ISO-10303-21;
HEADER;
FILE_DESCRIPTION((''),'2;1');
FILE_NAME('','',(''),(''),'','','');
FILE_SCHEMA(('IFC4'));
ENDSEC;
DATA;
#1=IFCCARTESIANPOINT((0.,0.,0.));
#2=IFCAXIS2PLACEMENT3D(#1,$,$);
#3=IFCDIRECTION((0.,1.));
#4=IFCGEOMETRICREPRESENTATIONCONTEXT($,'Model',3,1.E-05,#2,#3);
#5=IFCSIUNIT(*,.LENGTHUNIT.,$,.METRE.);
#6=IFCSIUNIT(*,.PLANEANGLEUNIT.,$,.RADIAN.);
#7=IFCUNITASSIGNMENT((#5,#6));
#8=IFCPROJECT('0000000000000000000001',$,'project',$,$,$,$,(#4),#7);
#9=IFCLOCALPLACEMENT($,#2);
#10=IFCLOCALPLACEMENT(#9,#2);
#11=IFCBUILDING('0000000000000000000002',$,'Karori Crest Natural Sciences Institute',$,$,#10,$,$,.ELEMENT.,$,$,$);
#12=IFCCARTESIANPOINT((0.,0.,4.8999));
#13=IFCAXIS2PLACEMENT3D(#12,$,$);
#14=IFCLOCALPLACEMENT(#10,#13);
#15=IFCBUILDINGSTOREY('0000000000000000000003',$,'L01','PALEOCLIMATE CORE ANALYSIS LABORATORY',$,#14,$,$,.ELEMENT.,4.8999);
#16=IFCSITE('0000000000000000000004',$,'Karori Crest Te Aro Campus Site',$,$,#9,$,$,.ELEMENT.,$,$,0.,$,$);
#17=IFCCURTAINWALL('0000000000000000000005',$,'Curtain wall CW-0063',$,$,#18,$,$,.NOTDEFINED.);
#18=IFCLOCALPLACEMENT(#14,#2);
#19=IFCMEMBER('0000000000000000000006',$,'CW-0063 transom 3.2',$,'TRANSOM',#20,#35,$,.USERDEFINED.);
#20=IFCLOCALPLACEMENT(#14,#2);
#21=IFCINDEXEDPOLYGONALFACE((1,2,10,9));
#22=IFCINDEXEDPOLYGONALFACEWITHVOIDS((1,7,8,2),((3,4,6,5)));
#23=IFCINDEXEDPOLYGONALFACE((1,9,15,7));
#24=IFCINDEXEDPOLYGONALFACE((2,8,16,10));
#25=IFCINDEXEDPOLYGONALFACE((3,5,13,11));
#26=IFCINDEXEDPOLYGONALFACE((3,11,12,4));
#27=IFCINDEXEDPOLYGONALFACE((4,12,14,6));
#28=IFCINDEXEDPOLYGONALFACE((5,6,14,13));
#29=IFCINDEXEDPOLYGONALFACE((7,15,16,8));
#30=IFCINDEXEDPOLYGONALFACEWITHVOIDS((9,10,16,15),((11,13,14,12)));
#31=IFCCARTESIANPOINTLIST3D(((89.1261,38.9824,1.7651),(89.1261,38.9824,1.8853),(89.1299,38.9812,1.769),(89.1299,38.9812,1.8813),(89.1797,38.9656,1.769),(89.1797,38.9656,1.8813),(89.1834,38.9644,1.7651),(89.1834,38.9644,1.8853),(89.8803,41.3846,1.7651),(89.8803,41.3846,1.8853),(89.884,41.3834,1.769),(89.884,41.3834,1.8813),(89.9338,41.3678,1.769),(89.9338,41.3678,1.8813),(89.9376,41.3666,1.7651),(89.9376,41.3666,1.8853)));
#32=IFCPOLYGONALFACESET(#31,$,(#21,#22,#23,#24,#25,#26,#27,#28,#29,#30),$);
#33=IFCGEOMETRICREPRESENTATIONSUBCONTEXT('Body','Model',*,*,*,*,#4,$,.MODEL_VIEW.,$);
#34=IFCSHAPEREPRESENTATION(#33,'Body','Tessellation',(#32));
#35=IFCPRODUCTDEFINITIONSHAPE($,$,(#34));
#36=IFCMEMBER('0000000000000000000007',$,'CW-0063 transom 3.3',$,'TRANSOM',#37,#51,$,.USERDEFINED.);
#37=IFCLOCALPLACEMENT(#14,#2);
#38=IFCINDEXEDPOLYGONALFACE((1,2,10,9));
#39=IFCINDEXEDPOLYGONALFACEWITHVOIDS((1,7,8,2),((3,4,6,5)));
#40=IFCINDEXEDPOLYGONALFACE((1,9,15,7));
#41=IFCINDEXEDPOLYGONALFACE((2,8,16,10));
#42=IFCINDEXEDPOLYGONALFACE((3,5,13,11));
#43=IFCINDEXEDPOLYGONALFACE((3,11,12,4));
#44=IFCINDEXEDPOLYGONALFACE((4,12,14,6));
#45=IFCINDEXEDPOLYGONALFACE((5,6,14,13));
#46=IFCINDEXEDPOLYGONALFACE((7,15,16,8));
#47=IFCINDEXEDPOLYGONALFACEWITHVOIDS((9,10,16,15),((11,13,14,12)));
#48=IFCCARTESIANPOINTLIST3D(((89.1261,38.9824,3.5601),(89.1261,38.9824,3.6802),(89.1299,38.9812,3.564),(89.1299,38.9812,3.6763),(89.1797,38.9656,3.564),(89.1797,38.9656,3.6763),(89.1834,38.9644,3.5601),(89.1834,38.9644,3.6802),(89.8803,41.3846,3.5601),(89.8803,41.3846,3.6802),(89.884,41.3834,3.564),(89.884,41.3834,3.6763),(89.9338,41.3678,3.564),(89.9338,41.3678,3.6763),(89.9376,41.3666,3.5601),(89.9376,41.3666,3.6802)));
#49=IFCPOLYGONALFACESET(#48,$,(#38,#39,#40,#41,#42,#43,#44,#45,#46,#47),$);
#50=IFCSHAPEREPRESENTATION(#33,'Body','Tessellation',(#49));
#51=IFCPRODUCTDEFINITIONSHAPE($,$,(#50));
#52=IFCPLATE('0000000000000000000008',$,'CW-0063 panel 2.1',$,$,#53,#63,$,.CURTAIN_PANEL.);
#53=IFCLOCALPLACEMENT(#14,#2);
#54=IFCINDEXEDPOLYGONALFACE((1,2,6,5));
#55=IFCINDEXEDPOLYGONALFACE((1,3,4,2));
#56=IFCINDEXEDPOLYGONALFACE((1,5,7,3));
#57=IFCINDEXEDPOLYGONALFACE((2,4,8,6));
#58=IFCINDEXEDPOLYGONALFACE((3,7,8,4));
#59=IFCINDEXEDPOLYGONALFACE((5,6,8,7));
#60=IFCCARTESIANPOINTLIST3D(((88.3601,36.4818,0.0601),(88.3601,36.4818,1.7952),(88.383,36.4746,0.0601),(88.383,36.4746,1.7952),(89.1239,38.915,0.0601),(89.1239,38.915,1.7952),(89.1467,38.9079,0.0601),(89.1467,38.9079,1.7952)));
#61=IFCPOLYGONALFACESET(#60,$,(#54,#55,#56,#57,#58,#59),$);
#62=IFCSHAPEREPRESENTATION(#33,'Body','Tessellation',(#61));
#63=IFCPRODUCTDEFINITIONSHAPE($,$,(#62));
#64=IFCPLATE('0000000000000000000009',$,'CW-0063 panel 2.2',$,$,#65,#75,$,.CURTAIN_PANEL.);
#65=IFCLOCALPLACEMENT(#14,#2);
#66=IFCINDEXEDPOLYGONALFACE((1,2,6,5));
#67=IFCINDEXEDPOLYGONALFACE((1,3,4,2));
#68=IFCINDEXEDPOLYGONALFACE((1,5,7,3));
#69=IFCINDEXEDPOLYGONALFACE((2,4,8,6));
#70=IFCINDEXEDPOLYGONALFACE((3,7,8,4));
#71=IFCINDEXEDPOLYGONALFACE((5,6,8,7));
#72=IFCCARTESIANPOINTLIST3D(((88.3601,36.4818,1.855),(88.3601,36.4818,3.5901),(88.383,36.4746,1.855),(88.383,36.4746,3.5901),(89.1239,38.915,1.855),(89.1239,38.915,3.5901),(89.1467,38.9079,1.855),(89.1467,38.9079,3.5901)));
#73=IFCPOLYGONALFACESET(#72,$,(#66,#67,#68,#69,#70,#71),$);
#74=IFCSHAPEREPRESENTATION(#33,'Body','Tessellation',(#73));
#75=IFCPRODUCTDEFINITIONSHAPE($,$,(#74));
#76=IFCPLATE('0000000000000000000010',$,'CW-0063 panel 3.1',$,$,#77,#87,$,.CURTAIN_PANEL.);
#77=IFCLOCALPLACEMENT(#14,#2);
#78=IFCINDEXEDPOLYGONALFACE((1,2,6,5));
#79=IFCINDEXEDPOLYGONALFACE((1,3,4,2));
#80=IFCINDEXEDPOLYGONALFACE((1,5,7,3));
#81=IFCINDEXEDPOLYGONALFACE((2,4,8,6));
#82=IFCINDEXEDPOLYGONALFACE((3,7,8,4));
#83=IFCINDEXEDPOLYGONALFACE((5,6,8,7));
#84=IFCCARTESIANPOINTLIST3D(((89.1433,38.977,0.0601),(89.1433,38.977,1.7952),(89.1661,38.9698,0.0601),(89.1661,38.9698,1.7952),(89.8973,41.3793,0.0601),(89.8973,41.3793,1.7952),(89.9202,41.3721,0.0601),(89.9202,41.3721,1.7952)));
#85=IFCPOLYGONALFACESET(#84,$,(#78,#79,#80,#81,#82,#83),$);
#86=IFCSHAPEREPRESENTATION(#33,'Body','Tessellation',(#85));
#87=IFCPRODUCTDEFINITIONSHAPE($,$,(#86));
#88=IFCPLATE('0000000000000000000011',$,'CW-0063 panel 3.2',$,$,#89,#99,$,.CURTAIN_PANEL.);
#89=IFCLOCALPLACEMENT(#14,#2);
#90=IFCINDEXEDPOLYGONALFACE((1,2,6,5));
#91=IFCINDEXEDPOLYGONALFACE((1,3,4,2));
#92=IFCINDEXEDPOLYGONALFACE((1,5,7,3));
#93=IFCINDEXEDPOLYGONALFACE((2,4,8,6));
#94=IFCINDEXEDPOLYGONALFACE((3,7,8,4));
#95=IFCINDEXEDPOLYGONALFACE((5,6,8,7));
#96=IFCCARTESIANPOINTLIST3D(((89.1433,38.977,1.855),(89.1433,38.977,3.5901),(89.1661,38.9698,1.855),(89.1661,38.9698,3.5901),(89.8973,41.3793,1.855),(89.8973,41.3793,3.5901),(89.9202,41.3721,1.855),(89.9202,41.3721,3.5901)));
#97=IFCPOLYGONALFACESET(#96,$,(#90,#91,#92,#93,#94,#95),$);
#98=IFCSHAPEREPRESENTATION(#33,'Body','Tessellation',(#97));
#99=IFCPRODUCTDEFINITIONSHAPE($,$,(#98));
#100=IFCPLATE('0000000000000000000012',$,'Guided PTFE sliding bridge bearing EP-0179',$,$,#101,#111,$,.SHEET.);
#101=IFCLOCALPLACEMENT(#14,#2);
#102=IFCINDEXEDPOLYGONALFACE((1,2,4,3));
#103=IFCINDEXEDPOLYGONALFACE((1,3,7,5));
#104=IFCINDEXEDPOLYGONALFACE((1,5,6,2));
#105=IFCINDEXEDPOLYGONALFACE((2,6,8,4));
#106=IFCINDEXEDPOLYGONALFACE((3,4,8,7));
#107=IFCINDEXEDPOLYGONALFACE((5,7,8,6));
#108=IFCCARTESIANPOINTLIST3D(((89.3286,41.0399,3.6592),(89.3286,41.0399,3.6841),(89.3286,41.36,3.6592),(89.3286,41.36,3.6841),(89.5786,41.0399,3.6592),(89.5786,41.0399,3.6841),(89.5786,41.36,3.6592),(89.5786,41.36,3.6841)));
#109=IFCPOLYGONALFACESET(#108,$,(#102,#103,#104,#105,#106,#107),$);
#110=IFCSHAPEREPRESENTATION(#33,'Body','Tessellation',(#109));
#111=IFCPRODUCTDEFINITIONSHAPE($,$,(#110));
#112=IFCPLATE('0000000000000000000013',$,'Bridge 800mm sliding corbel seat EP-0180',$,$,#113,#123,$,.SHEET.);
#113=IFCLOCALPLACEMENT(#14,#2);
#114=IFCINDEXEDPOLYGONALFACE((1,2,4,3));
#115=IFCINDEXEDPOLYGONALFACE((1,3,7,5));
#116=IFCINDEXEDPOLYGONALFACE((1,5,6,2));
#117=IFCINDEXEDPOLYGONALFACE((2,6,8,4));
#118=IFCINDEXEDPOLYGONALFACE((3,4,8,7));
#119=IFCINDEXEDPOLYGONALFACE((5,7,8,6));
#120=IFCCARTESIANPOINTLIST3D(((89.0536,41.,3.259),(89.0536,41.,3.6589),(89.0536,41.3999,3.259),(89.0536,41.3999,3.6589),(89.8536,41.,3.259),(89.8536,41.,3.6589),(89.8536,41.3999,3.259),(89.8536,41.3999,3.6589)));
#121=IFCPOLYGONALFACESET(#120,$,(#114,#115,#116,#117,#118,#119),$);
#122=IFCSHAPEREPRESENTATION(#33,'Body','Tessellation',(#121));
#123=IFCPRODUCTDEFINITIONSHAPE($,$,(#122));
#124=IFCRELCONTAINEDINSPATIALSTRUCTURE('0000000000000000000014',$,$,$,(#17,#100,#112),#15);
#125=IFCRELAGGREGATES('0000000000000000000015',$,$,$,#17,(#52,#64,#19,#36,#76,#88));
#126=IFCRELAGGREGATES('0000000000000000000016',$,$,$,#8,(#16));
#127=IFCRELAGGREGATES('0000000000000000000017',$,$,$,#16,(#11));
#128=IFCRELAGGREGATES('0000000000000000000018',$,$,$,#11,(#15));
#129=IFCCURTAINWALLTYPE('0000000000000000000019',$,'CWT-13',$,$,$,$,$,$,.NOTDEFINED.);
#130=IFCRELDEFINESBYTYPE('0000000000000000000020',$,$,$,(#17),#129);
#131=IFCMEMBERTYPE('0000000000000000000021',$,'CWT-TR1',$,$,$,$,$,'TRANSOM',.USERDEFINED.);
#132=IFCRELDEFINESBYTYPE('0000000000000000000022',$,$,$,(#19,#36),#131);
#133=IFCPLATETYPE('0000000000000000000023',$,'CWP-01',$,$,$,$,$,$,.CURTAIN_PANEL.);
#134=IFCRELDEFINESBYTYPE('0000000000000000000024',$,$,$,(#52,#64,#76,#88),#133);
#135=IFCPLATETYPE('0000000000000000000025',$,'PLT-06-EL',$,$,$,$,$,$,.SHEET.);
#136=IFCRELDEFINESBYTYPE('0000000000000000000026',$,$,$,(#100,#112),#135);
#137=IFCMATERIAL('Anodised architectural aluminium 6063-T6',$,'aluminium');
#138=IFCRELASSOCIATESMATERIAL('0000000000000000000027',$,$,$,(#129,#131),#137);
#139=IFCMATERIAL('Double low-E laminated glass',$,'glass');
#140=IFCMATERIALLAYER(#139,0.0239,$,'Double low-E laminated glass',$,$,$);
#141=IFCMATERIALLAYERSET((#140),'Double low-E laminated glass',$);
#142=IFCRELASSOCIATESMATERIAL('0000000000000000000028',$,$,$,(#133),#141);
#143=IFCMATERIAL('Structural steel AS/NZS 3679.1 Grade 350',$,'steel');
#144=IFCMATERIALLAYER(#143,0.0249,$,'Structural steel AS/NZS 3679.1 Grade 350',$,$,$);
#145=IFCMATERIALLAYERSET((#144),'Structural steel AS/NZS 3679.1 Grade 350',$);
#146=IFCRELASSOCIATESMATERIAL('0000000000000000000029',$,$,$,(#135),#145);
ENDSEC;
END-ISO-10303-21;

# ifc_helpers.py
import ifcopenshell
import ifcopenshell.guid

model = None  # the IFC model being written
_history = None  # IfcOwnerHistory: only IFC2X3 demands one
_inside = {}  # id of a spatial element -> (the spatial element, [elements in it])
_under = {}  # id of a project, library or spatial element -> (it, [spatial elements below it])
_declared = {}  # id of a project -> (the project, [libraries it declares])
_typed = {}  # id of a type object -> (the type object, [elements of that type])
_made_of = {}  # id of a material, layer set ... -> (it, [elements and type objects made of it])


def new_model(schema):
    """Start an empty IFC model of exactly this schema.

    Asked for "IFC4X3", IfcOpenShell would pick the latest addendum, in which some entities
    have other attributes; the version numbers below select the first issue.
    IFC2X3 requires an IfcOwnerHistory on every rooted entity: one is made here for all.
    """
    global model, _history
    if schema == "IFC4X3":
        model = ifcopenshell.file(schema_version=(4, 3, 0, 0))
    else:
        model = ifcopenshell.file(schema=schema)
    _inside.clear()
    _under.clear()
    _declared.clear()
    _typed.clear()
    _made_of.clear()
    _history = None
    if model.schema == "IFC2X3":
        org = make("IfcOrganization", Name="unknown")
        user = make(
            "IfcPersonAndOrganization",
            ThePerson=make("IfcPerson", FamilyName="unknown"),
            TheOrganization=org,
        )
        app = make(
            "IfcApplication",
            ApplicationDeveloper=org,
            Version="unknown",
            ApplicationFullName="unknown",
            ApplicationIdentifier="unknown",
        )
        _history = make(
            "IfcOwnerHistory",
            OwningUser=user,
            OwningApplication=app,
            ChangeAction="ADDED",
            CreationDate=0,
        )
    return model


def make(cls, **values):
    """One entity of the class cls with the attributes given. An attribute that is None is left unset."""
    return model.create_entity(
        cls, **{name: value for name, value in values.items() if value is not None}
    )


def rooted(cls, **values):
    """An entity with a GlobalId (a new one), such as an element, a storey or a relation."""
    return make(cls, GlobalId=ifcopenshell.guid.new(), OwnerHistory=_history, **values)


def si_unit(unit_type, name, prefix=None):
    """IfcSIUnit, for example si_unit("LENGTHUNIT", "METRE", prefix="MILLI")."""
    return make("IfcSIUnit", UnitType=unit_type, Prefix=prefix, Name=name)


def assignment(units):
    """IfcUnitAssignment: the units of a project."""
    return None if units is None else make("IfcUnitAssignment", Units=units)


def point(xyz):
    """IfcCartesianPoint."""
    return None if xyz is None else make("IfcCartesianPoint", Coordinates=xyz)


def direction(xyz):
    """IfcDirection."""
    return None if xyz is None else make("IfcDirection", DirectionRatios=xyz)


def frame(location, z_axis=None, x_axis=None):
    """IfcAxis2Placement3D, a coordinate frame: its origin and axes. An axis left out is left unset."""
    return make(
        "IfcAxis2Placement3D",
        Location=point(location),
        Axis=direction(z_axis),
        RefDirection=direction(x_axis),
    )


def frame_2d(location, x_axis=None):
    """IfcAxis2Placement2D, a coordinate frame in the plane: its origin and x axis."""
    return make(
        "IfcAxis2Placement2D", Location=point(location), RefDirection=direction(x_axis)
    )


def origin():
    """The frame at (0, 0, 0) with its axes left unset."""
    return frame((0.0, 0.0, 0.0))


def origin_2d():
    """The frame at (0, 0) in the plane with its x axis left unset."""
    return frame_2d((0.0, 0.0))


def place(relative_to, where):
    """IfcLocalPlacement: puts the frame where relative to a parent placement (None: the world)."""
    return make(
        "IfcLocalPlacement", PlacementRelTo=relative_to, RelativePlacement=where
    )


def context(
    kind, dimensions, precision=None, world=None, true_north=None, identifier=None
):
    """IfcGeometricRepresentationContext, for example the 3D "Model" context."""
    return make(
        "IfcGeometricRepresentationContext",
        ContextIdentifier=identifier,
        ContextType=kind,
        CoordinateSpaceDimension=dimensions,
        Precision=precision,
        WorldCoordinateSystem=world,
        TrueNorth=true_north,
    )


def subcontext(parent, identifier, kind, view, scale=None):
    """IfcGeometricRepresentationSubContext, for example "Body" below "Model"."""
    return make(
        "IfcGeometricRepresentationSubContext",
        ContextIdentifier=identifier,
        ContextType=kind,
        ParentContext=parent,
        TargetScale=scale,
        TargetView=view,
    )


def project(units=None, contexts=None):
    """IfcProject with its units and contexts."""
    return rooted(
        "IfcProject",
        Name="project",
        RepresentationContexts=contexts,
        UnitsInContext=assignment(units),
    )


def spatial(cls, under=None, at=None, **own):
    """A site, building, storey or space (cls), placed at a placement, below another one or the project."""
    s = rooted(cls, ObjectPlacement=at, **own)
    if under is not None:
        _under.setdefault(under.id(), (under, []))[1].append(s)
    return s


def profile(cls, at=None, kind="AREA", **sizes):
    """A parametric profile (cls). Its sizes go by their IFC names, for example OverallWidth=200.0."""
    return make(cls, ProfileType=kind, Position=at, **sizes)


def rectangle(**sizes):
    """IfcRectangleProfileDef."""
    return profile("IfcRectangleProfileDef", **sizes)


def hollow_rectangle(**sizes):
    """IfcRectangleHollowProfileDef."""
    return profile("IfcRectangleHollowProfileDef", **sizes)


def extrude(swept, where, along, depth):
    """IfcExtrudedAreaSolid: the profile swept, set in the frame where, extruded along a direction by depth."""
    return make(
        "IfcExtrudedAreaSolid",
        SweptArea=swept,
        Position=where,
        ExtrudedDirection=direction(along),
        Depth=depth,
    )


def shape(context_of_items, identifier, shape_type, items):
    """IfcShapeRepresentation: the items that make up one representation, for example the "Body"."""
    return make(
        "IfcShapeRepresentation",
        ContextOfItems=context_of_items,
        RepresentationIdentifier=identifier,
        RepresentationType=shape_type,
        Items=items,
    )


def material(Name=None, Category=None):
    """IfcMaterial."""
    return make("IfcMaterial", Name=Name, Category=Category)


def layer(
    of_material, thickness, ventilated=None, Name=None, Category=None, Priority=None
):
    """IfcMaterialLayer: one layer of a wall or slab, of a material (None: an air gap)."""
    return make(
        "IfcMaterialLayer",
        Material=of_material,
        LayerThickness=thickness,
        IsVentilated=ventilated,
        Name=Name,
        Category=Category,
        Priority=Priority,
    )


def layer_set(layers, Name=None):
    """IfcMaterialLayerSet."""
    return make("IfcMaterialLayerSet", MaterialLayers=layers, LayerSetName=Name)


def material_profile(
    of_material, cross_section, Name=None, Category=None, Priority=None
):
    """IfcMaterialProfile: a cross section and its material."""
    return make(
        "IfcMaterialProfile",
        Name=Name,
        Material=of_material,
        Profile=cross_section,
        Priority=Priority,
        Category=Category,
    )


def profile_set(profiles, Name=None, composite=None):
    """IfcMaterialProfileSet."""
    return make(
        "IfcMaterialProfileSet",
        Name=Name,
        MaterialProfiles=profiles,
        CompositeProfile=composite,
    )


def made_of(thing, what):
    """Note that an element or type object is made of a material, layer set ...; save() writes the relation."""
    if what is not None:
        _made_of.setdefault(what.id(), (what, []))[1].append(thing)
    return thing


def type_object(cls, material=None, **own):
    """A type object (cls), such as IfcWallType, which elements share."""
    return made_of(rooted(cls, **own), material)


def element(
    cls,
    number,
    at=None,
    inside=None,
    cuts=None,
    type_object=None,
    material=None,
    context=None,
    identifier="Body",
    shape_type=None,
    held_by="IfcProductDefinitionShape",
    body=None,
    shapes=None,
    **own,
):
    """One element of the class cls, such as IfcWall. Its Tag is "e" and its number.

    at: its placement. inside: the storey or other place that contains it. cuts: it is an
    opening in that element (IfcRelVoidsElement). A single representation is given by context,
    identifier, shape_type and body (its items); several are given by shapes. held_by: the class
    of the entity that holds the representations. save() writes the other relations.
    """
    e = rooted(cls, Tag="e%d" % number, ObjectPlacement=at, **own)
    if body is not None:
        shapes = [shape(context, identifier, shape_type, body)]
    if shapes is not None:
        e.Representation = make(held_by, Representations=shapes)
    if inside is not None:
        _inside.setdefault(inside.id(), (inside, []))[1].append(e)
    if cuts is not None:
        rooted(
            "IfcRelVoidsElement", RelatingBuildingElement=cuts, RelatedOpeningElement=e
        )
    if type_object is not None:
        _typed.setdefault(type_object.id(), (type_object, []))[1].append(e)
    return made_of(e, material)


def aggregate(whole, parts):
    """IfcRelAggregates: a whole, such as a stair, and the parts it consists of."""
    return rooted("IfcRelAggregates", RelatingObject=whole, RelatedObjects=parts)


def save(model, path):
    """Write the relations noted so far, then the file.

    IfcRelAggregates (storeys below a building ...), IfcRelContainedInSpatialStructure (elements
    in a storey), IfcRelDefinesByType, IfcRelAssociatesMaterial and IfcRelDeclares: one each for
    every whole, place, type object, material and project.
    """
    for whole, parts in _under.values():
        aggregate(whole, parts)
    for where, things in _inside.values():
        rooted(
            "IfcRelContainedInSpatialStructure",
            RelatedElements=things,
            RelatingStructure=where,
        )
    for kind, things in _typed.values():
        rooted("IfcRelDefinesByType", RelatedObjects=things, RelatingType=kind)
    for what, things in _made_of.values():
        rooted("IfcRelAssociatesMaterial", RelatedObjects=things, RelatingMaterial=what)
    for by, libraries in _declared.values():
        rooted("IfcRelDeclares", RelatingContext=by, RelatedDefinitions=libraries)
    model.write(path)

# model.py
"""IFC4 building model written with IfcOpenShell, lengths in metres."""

from ifc_helpers import new_model, si_unit, direction, frame, origin, origin_2d, place, context, subcontext, project, spatial, rectangle, hollow_rectangle, extrude, material, layer, layer_set, material_profile, profile_set, type_object, element, aggregate, save


model = new_model("IFC4")

# Units and contexts
model_context = context("Model", 3, precision=1e-05, world=origin(), true_north=direction((0.0, 1.0)))
body_context = subcontext(model_context, "Body", "Model", "MODEL_VIEW")
ifc_project = project(units=[si_unit("LENGTHUNIT", "METRE"), si_unit("PLANEANGLEUNIT", "RADIAN")], contexts=[model_context])

# Site, building, storey
site_placement = place(None, origin())
site = spatial("IfcSite", under=ifc_project, at=site_placement, Name="Karori Crest Te Aro Campus Site", CompositionType="ELEMENT", RefElevation=0.0)
building_placement = place(site_placement, origin())
building = spatial("IfcBuilding", under=site, at=building_placement, Name="Karori Crest Natural Sciences Institute", CompositionType="ELEMENT")
storey_placement = place(building_placement, frame((0.0, 0.0, 4.8999)))
storey = spatial("IfcBuildingStorey", under=building, at=storey_placement, Name="L01", Description="PALEOCLIMATE CORE ANALYSIS LABORATORY", CompositionType="ELEMENT", Elevation=4.8999)

# Shared definitions
ifc_material_1 = material(Name="Structural steel AS/NZS 3679.1 Grade 350", Category="steel")

# Curtain wall, members, plates
ifc_material_2 = material(Name="Anodised architectural aluminium 6063-T6", Category="aluminium")
curtain_wall_type = type_object("IfcCurtainWallType", Name="CWT-13", PredefinedType="NOTDEFINED", material=ifc_material_2)
curtain_wall_placement = place(storey_placement, origin())
curtain_wall = element("IfcCurtainWall", 1, at=curtain_wall_placement, inside=storey, type_object=curtain_wall_type, Name="Curtain wall CW-0063", PredefinedType="NOTDEFINED")
ifc_material_profile_1 = material_profile(ifc_material_2, hollow_rectangle(XDim=0.0601, YDim=0.1201, WallThickness=0.0039, at=origin_2d()), Name="CWT120x60x4")
ifc_profile_set_1 = profile_set([ifc_material_profile_1], Name="Anodised architectural aluminium 6063-T6")
member_type_1 = type_object("IfcMemberType", Name="CWT-TR1", ElementType="TRANSOM", PredefinedType="USERDEFINED", material=ifc_profile_set_1)
member_1_placement = place(storey_placement, frame((89.1548, 38.9734, 1.8252), z_axis=(0.299511, 0.954093, 0.0), x_axis=(-0.954093, 0.299511, 0.0)))
member_1 = element("IfcMember", 2, at=member_1_placement, type_object=member_type_1, Name="CW-0063 transom 3.2", ObjectType="TRANSOM", PredefinedType="USERDEFINED", context=body_context, shape_type="SweptSolid", body=[
    extrude(hollow_rectangle(XDim=0.0601, YDim=0.1201, WallThickness=0.0039, at=origin_2d()), origin(), (0.0, 0.0, 1.0), 2.5178),
])
member_2_placement = place(storey_placement, frame((89.1548, 38.9734, 3.6201), z_axis=(0.299511, 0.954093, 0.0), x_axis=(-0.954093, 0.299511, 0.0)))
member_2 = element("IfcMember", 3, at=member_2_placement, type_object=member_type_1, Name="CW-0063 transom 3.3", ObjectType="TRANSOM", PredefinedType="USERDEFINED", context=body_context, shape_type="SweptSolid", body=[
    extrude(hollow_rectangle(XDim=0.0601, YDim=0.1201, WallThickness=0.0039, at=origin_2d()), origin(), (0.0, 0.0, 1.0), 2.5178),
])
ifc_material_3 = material(Name="Double low-E laminated glass", Category="glass")
ifc_layer_1 = layer(ifc_material_3, 0.0239, Name="Double low-E laminated glass")
ifc_layer_set_1 = layer_set([ifc_layer_1], Name="Double low-E laminated glass")
plate_type_1 = type_object("IfcPlateType", Name="CWP-01", PredefinedType="CURTAIN_PANEL", material=ifc_layer_set_1)
plate_1_placement = place(storey_placement, frame((88.7534, 37.6948, 0.0601), z_axis=(0.0, 0.0, 1.0), x_axis=(0.299477, 0.954104, 0.0)))
plate_1 = element("IfcPlate", 4, at=plate_1_placement, type_object=plate_type_1, Name="CW-0063 panel 2.1", PredefinedType="CURTAIN_PANEL", context=body_context, shape_type="SweptSolid", body=[
    extrude(rectangle(XDim=2.5503, YDim=0.0239, at=origin_2d()), origin(), (0.0, 0.0, 1.0), 1.7351),
])
plate_2_placement = place(storey_placement, frame((88.7534, 37.6948, 1.855), z_axis=(0.0, 0.0, 1.0), x_axis=(0.299477, 0.954104, 0.0)))
plate_2 = element("IfcPlate", 5, at=plate_2_placement, type_object=plate_type_1, Name="CW-0063 panel 2.2", PredefinedType="CURTAIN_PANEL", context=body_context, shape_type="SweptSolid", body=[
    extrude(rectangle(XDim=2.5503, YDim=0.0239, at=origin_2d()), origin(), (0.0, 0.0, 1.0), 1.7351),
])
plate_3_placement = place(storey_placement, frame((89.5317, 40.1746, 0.0601), z_axis=(0.0, 0.0, 1.0), x_axis=(0.299477, 0.954104, 0.0)))
plate_3 = element("IfcPlate", 6, at=plate_3_placement, type_object=plate_type_1, Name="CW-0063 panel 3.1", PredefinedType="CURTAIN_PANEL", context=body_context, shape_type="SweptSolid", body=[
    extrude(rectangle(XDim=2.5178, YDim=0.0239, at=origin_2d()), origin(), (0.0, 0.0, 1.0), 1.7351),
])
plate_4_placement = place(storey_placement, frame((89.5317, 40.1746, 1.855), z_axis=(0.0, 0.0, 1.0), x_axis=(0.299477, 0.954104, 0.0)))
plate_4 = element("IfcPlate", 7, at=plate_4_placement, type_object=plate_type_1, Name="CW-0063 panel 3.2", PredefinedType="CURTAIN_PANEL", context=body_context, shape_type="SweptSolid", body=[
    extrude(rectangle(XDim=2.5178, YDim=0.0239, at=origin_2d()), origin(), (0.0, 0.0, 1.0), 1.7351),
])
aggregate(curtain_wall, [plate_1, plate_2, member_1, member_2, plate_3, plate_4])

# Plates
ifc_layer_2 = layer(ifc_material_1, 0.0249, Name="Structural steel AS/NZS 3679.1 Grade 350")
ifc_layer_set_2 = layer_set([ifc_layer_2], Name="Structural steel AS/NZS 3679.1 Grade 350")
plate_type_2 = type_object("IfcPlateType", Name="PLT-06-EL", PredefinedType="SHEET", material=ifc_layer_set_2)
plate_5_placement = place(storey_placement, frame((89.4536, 41.2, 3.6592), z_axis=(0.0, 0.0, 1.0), x_axis=(1.0, 0.0, 0.0)))
element("IfcPlate", 8, at=plate_5_placement, inside=storey, type_object=plate_type_2, Name="Guided PTFE sliding bridge bearing EP-0179", PredefinedType="SHEET", context=body_context, shape_type="SweptSolid", body=[
    extrude(rectangle(XDim=0.25, YDim=0.3201, at=origin_2d()), origin(), (0.0, 0.0, 1.0), 0.0249),
])
plate_6_placement = place(storey_placement, frame((89.4536, 41.2, 3.259), z_axis=(0.0, 0.0, 1.0), x_axis=(1.0, 0.0, 0.0)))
element("IfcPlate", 9, at=plate_6_placement, inside=storey, type_object=plate_type_2, Name="Bridge 800mm sliding corbel seat EP-0180", PredefinedType="SHEET", context=body_context, shape_type="SweptSolid", body=[
    extrude(rectangle(XDim=0.8, YDim=0.3999, at=origin_2d()), origin(), (0.0, 0.0, 1.0), 0.3999),
])

save(model, "model.ifc")
